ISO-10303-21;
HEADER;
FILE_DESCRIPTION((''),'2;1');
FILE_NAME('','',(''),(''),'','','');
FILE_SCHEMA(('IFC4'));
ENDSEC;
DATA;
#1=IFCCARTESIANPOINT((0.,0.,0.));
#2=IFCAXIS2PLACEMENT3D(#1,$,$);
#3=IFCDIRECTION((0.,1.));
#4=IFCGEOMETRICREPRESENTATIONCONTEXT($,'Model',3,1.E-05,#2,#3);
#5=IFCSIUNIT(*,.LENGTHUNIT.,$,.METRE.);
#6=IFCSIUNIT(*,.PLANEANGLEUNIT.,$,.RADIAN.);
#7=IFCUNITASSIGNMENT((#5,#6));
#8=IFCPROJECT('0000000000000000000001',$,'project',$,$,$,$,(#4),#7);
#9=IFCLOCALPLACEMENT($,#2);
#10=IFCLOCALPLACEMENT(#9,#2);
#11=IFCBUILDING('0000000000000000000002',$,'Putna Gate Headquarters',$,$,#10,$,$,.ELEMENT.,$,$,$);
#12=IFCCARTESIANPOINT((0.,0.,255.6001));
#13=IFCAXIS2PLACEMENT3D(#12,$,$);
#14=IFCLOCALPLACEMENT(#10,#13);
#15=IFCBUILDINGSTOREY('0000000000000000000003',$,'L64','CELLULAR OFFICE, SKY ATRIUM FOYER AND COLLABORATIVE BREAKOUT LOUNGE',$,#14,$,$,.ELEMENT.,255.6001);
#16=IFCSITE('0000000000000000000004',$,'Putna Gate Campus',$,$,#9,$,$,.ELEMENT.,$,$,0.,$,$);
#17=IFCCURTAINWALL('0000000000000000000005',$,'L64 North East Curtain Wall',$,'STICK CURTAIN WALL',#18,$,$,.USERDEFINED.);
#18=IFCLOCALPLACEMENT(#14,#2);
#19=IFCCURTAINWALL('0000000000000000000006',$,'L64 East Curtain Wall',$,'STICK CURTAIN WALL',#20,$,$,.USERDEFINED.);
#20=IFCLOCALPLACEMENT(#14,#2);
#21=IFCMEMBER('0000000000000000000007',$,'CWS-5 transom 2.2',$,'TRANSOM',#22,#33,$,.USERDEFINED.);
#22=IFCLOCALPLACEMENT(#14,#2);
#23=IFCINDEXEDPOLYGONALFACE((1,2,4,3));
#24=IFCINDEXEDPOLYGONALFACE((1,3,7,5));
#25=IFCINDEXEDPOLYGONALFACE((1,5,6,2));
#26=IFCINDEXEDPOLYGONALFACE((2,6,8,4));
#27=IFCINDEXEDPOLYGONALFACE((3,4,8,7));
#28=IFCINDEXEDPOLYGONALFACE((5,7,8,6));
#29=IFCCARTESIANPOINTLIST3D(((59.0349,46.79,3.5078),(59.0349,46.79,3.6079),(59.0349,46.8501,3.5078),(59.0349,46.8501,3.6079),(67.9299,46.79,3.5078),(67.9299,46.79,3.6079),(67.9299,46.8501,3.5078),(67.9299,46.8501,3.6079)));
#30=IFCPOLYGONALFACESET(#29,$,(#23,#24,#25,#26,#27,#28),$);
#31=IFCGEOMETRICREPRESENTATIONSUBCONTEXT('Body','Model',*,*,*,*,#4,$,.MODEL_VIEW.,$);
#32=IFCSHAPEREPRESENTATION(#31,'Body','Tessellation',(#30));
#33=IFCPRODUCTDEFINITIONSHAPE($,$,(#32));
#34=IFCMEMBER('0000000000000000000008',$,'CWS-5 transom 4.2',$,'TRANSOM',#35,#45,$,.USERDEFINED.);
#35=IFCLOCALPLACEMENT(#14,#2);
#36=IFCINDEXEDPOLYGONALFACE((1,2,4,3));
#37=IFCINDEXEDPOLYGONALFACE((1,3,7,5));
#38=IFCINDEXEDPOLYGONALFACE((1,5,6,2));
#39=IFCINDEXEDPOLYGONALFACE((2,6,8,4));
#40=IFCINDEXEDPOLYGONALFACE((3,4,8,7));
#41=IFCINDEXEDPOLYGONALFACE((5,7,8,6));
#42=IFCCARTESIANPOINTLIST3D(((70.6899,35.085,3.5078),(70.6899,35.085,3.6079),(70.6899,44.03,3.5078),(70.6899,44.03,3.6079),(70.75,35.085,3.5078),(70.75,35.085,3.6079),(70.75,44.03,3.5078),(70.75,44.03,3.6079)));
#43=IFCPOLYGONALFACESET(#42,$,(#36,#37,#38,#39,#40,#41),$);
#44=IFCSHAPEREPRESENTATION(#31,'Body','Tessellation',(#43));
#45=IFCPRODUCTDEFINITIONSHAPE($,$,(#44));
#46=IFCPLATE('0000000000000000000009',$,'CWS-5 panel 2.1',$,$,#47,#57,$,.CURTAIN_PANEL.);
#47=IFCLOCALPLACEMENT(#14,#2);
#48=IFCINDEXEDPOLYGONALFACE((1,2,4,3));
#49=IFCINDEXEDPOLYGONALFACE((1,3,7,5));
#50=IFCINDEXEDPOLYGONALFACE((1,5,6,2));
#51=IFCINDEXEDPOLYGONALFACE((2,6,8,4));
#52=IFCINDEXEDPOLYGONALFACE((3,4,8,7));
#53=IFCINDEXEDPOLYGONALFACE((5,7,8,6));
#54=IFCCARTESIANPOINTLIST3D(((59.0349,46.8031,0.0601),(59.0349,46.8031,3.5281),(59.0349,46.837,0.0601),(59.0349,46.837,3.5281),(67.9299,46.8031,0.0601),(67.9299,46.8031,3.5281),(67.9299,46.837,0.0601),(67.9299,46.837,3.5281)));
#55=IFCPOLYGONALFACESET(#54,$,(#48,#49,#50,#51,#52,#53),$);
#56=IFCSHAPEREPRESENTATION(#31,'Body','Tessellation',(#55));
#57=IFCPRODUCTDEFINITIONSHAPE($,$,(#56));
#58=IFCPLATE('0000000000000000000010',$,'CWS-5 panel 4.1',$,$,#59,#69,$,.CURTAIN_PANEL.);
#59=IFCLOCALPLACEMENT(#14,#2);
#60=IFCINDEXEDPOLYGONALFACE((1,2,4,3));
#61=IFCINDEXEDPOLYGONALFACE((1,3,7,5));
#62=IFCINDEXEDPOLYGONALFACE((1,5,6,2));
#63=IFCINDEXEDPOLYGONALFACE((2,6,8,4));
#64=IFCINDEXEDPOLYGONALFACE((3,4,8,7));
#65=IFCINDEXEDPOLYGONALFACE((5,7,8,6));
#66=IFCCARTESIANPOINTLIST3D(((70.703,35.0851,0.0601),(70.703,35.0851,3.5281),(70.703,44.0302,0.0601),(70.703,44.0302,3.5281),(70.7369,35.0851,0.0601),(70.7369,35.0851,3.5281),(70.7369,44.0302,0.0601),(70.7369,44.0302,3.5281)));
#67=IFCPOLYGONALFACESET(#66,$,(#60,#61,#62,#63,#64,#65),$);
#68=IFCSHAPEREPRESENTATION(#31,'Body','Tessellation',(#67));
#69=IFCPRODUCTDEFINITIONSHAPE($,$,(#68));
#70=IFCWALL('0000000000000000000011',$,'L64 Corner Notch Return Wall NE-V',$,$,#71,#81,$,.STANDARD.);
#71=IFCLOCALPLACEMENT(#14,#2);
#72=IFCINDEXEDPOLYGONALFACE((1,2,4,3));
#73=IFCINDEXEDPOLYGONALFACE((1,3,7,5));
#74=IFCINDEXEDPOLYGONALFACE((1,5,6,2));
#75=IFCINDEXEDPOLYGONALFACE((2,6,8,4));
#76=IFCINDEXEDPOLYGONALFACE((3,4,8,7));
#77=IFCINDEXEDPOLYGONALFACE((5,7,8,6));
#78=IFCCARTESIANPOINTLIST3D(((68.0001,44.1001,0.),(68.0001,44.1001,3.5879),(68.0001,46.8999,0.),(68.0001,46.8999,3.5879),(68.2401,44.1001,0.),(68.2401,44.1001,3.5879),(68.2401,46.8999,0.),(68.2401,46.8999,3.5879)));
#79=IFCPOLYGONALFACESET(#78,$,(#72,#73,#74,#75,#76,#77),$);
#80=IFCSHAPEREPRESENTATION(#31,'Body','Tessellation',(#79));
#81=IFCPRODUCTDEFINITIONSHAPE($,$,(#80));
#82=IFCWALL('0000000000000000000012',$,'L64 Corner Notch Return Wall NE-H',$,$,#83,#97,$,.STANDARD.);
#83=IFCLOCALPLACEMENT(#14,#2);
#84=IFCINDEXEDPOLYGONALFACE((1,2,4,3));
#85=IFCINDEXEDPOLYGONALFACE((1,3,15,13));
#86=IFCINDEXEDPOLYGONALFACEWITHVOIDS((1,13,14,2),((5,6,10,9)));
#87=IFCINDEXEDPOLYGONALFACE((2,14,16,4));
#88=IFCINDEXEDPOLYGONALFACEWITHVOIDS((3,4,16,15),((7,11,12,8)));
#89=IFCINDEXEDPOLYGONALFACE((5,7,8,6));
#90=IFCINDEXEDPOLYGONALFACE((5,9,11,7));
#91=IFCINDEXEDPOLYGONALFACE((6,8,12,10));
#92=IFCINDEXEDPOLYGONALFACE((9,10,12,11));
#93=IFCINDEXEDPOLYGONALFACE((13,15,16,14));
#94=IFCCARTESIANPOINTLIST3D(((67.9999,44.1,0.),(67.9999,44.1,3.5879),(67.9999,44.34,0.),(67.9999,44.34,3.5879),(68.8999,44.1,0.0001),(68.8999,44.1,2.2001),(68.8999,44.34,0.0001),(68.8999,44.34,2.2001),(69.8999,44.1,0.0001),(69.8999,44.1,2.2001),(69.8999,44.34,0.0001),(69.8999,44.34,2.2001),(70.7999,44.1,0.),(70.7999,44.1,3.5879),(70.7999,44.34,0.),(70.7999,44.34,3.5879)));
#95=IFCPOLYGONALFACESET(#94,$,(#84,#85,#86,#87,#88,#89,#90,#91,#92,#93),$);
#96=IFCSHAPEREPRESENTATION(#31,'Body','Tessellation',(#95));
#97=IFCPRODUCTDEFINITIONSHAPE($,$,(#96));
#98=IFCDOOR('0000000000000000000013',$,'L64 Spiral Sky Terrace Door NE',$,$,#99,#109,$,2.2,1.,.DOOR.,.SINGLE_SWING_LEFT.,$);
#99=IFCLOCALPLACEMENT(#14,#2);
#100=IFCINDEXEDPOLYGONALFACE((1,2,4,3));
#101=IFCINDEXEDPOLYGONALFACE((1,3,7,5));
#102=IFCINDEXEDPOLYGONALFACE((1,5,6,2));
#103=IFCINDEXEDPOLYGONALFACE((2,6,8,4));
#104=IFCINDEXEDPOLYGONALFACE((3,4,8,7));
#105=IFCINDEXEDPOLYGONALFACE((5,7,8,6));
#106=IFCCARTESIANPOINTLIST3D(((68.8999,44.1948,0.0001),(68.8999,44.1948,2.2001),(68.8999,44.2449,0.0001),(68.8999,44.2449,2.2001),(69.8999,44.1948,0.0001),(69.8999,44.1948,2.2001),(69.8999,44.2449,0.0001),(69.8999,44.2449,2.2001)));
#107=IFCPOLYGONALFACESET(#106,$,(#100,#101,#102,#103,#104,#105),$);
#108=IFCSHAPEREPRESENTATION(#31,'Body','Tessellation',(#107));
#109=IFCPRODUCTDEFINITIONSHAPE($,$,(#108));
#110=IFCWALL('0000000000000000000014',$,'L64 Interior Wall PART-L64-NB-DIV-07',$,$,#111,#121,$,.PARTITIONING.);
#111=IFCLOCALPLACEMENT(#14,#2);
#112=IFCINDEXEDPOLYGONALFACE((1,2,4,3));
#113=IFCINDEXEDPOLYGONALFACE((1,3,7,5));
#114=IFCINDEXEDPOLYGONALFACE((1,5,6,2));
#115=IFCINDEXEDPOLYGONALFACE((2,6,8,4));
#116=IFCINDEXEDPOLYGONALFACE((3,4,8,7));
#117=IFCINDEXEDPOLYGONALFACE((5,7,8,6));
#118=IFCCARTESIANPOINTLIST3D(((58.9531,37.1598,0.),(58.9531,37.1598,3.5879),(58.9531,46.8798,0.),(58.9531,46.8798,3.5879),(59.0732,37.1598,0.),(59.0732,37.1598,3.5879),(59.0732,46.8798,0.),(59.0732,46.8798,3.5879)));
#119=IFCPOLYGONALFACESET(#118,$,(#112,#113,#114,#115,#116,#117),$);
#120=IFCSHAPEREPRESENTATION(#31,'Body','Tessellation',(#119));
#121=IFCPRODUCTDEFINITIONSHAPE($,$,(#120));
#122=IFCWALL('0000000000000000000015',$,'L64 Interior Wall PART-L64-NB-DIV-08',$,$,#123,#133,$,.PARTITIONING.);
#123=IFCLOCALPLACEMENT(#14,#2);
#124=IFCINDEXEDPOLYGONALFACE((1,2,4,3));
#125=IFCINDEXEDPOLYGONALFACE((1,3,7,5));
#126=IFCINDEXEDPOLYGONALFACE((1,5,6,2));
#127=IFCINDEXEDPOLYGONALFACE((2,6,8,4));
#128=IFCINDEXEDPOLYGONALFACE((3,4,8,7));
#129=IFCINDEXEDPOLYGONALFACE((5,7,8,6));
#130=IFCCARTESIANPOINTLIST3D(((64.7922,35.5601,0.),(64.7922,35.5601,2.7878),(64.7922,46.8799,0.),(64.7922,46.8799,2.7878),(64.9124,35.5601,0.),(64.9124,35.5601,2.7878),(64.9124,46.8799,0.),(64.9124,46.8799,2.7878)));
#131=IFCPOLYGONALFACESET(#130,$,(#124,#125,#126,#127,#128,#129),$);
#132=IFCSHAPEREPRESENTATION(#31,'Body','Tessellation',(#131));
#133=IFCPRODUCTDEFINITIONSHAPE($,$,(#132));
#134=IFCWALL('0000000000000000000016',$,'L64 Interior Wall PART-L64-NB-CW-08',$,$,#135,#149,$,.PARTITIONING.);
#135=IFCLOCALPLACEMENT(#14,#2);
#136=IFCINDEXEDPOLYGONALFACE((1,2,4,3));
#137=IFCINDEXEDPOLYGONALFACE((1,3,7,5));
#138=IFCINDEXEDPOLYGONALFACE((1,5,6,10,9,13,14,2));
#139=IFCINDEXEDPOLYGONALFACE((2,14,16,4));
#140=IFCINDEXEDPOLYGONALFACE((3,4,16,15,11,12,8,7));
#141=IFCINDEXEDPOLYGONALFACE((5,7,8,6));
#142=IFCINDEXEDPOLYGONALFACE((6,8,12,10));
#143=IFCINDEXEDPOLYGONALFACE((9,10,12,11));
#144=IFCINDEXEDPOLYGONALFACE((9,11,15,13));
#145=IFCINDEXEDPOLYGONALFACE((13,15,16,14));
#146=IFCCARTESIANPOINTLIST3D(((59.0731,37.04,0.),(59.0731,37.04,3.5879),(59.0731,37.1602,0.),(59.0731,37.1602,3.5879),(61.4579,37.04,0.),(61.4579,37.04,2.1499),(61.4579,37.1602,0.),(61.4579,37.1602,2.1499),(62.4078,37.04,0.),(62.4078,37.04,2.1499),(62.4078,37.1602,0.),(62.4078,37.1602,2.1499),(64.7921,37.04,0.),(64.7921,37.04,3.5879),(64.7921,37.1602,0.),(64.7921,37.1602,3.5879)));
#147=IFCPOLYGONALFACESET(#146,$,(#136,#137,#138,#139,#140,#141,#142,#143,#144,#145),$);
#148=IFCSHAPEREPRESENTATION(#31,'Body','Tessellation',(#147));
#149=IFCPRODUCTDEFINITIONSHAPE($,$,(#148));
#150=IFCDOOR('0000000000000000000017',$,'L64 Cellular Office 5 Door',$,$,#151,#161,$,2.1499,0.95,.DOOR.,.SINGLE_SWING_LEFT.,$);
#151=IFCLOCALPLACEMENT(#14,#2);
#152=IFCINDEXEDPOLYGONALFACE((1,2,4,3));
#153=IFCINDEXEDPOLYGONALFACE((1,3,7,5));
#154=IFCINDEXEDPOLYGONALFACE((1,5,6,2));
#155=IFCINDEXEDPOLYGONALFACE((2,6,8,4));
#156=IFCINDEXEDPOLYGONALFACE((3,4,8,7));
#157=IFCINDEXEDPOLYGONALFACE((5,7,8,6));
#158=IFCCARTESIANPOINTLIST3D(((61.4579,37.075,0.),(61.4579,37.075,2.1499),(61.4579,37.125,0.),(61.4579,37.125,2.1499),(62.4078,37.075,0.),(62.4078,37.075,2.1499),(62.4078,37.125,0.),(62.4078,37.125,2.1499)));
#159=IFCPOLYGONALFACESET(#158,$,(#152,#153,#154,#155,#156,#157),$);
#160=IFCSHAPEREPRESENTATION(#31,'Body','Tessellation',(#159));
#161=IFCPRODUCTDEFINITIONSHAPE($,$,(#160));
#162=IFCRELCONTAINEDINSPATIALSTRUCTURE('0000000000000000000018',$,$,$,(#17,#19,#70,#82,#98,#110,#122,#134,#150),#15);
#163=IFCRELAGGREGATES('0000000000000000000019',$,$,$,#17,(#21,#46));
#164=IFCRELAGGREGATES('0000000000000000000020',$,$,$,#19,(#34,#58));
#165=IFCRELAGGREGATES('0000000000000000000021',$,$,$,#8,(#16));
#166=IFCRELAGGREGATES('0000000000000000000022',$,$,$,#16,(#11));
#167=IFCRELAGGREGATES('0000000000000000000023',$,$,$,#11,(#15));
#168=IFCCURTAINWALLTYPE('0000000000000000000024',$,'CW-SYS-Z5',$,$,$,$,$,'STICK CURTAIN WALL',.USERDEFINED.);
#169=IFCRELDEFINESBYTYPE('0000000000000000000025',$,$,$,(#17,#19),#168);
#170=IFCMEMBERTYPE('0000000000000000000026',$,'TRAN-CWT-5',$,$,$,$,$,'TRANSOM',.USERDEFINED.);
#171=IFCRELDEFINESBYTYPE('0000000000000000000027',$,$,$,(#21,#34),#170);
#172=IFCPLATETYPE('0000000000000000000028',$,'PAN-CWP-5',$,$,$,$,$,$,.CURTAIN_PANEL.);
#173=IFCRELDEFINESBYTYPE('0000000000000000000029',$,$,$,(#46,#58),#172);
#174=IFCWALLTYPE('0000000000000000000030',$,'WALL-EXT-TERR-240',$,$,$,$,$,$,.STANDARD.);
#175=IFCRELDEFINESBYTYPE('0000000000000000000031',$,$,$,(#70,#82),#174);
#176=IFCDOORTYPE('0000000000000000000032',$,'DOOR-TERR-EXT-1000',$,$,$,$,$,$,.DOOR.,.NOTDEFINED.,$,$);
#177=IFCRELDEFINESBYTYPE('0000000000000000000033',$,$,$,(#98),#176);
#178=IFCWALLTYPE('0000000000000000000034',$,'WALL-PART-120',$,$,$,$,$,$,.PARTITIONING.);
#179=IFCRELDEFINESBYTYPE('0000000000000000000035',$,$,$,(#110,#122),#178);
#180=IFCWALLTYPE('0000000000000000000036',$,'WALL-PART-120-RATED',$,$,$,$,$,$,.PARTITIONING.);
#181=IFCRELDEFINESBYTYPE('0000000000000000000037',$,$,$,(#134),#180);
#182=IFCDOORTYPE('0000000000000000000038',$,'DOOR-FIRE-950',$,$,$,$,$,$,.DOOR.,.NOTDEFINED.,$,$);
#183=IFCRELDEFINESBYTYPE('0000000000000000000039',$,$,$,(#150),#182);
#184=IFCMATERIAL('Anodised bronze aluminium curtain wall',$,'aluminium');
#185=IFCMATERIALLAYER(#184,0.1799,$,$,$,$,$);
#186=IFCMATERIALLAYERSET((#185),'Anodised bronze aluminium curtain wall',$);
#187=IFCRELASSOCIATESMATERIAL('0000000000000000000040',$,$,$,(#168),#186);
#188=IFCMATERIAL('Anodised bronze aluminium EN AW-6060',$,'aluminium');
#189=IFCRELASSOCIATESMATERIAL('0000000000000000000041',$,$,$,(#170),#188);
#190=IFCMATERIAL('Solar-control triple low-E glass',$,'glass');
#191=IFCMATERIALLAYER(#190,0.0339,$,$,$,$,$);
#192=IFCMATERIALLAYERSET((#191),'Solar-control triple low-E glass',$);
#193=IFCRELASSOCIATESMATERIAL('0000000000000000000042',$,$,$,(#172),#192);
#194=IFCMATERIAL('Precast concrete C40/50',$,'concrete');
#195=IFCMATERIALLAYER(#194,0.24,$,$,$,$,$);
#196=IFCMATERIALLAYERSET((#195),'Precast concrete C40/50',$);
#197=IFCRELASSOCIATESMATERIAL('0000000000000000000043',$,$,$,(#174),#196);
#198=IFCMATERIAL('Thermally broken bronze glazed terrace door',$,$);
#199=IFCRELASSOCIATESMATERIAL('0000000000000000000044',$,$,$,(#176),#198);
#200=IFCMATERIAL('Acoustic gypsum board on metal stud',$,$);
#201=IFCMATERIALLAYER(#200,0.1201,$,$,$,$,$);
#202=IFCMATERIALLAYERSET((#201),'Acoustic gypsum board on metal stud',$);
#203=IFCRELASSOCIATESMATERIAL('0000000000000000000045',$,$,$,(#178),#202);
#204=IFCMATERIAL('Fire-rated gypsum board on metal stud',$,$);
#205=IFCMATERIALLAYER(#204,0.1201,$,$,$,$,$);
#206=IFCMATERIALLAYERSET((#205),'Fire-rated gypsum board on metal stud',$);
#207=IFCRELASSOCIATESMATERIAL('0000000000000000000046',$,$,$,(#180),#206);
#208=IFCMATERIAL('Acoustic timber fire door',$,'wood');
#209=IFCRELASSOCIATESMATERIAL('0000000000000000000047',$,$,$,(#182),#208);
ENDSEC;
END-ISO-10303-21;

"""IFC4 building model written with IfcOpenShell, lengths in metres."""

from ifc_helpers import new_model, si_unit, direction, frame, frame_2d, origin, origin_2d, place, context, subcontext, project, spatial, rectangle, extrude, material, layer, layer_set, material_profile, profile_set, type_object, element, fill, aggregate, save


model = new_model("IFC4")

# Units and contexts
model_context = context("Model", 3, precision=1e-05, world=origin(), true_north=direction((0.0, 1.0)))
body_context = subcontext(model_context, "Body", "Model", "MODEL_VIEW")
ifc_project = project(units=[si_unit("LENGTHUNIT", "METRE"), si_unit("PLANEANGLEUNIT", "RADIAN")], contexts=[model_context])

# Site, building, storey
site_placement = place(None, origin())
site = spatial("IfcSite", under=ifc_project, at=site_placement, Name="Putna Gate Campus", CompositionType="ELEMENT", RefElevation=0.0)
building_placement = place(site_placement, origin())
building = spatial("IfcBuilding", under=site, at=building_placement, Name="Putna Gate Headquarters", CompositionType="ELEMENT")
storey_placement = place(building_placement, frame((0.0, 0.0, 255.6001)))
storey = spatial("IfcBuildingStorey", under=building, at=storey_placement, Name="L64", Description="CELLULAR OFFICE, SKY ATRIUM FOYER AND COLLABORATIVE BREAKOUT LOUNGE", CompositionType="ELEMENT", Elevation=255.6001)

# Curtain wall
ifc_material_1 = material(Name="Anodised bronze aluminium curtain wall", Category="aluminium")
ifc_layer_1 = layer(ifc_material_1, 0.1799)
ifc_layer_set_1 = layer_set([ifc_layer_1], Name="Anodised bronze aluminium curtain wall")
curtain_wall_type = type_object("IfcCurtainWallType", Name="CW-SYS-Z5", ElementType="STICK CURTAIN WALL", PredefinedType="USERDEFINED", material=ifc_layer_set_1)
curtain_wall_1_placement = place(storey_placement, origin())
curtain_wall_1 = element("IfcCurtainWall", 1, at=curtain_wall_1_placement, inside=storey, type_object=curtain_wall_type, Name="L64 North East Curtain Wall", ObjectType="STICK CURTAIN WALL", PredefinedType="USERDEFINED")
ifc_material_2 = material(Name="Anodised bronze aluminium EN AW-6060", Category="aluminium")

# Curtain wall
curtain_wall_2_placement = place(storey_placement, origin())
curtain_wall_2 = element("IfcCurtainWall", 2, at=curtain_wall_2_placement, inside=storey, type_object=curtain_wall_type, Name="L64 East Curtain Wall", ObjectType="STICK CURTAIN WALL", PredefinedType="USERDEFINED")

# Members
ifc_material_profile_1 = material_profile(ifc_material_2, rectangle(XDim=0.0601, YDim=0.1001, at=origin_2d()), Name="Anodised bronze aluminium EN AW-6060")
ifc_profile_set_1 = profile_set([ifc_material_profile_1], Name="Anodised bronze aluminium EN AW-6060")
member_type_1 = type_object("IfcMemberType", Name="TRAN-CWT-5", ElementType="TRANSOM", PredefinedType="USERDEFINED", material=ifc_profile_set_1)
member_1_placement = place(storey_placement, frame((59.0349, 46.8201, 3.5579), z_axis=(1.0, 0.0, 0.0), x_axis=(0.0, 1.0, 0.0)))
member_1 = element("IfcMember", 3, at=member_1_placement, type_object=member_type_1, Name="CWS-5 transom 2.2", ObjectType="TRANSOM", PredefinedType="USERDEFINED", context=body_context, shape_type="SweptSolid", body=[
    extrude(rectangle(XDim=0.0601, YDim=0.1001, at=origin_2d()), origin(), (0.0, 0.0, 1.0), 8.895),
])
member_2_placement = place(storey_placement, frame((70.72, 35.085, 3.5579), z_axis=(0.0, 1.0, 0.0), x_axis=(-1.0, 0.0, 0.0)))
member_2 = element("IfcMember", 4, at=member_2_placement, type_object=member_type_1, Name="CWS-5 transom 4.2", ObjectType="TRANSOM", PredefinedType="USERDEFINED", context=body_context, shape_type="SweptSolid", body=[
    extrude(rectangle(XDim=0.0601, YDim=0.1001, at=origin_2d()), origin(), (0.0, 0.0, 1.0), 8.9451),
])

# Plates
ifc_material_3 = material(Name="Solar-control triple low-E glass", Category="glass")
ifc_layer_2 = layer(ifc_material_3, 0.0339)
ifc_layer_set_2 = layer_set([ifc_layer_2], Name="Solar-control triple low-E glass")
plate_type = type_object("IfcPlateType", Name="PAN-CWP-5", PredefinedType="CURTAIN_PANEL", material=ifc_layer_set_2)
plate_1_placement = place(storey_placement, frame((63.4824, 46.8201, 0.0601), z_axis=(0.0, 0.0, 1.0), x_axis=(1.0, 0.0, 0.0)))
plate_1 = element("IfcPlate", 5, at=plate_1_placement, type_object=plate_type, Name="CWS-5 panel 2.1", PredefinedType="CURTAIN_PANEL", context=body_context, shape_type="SweptSolid", body=[
    extrude(rectangle(XDim=8.895, YDim=0.0339, at=origin_2d()), origin(), (0.0, 0.0, 1.0), 3.468),
])
aggregate(curtain_wall_1, [member_1, plate_1])
plate_2_placement = place(storey_placement, frame((70.72, 39.5576, 0.0601), z_axis=(0.0, 0.0, 1.0), x_axis=(0.0, 1.0, 0.0)))
plate_2 = element("IfcPlate", 6, at=plate_2_placement, type_object=plate_type, Name="CWS-5 panel 4.1", PredefinedType="CURTAIN_PANEL", context=body_context, shape_type="SweptSolid", body=[
    extrude(rectangle(XDim=8.9451, YDim=0.0339, at=origin_2d()), origin(), (0.0, 0.0, 1.0), 3.468),
])
aggregate(curtain_wall_2, [member_2, plate_2])

# Wall
ifc_material_4 = material(Name="Precast concrete C40/50", Category="concrete")
ifc_layer_3 = layer(ifc_material_4, 0.24)
ifc_layer_set_3 = layer_set([ifc_layer_3], Name="Precast concrete C40/50")
wall_type_1 = type_object("IfcWallType", Name="WALL-EXT-TERR-240", PredefinedType="STANDARD", material=ifc_layer_set_3)
wall_1_placement = place(storey_placement, frame((68.1201, 46.8999, 0.0), z_axis=(0.0, 0.0, 1.0), x_axis=(0.0, -1.0, 0.0)))
element("IfcWall", 7, at=wall_1_placement, inside=storey, type_object=wall_type_1, Name="L64 Corner Notch Return Wall NE-V", PredefinedType="STANDARD", context=body_context, shape_type="SweptSolid", body=[
    extrude(rectangle(XDim=2.7998, YDim=0.24, at=frame_2d((1.3999, 0.0))), origin(), (0.0, 0.0, 1.0), 3.5879),
])

# Wall, opening, door
wall_2_placement = place(storey_placement, frame((68.0, 44.22, 0.0), z_axis=(0.0, 0.0, 1.0), x_axis=(1.0, 0.0, 0.0)))
wall_2 = element("IfcWall", 8, at=wall_2_placement, inside=storey, type_object=wall_type_1, Name="L64 Corner Notch Return Wall NE-H", PredefinedType="STANDARD", context=body_context, shape_type="SweptSolid", body=[
    extrude(rectangle(XDim=2.8, YDim=0.24, at=frame_2d((1.3999, 0.0))), origin(), (0.0, 0.0, 1.0), 3.5879),
])
opening_1_placement = place(wall_2_placement, frame((0.8999, 0.0, 0.0)))
opening_1 = element("IfcOpeningElement", 9, at=opening_1_placement, cuts=wall_2, PredefinedType="OPENING", context=body_context, shape_type="SweptSolid", body=[
    extrude(rectangle(XDim=1.0, YDim=2.2, at=frame_2d((0.5, 1.1001))), frame((0.0, 0.1299, 0.0), z_axis=(0.0, -1.0, 0.0), x_axis=(1.0, 0.0, 0.0)), (0.0, 0.0, 1.0), 0.26),
])
ifc_material_5 = material(Name="Thermally broken bronze glazed terrace door")
door_type_1 = type_object("IfcDoorType", Name="DOOR-TERR-EXT-1000", OperationType="NOTDEFINED", PredefinedType="DOOR", material=ifc_material_5)
door_1_placement = place(opening_1_placement, origin())
door_1 = element("IfcDoor", 10, at=door_1_placement, inside=storey, type_object=door_type_1, Name="L64 Spiral Sky Terrace Door NE", OperationType="SINGLE_SWING_LEFT", OverallHeight=2.2, OverallWidth=1.0, PredefinedType="DOOR", context=body_context, shape_type="SweptSolid", body=[
    extrude(rectangle(XDim=1.0, YDim=2.2, at=frame_2d((0.5, 1.1001))), frame((0.0, 0.0249, 0.0), z_axis=(0.0, -1.0, 0.0), x_axis=(1.0, 0.0, 0.0)), (0.0, 0.0, 1.0), 0.05),
])
fill(opening_1, door_1)

# Walls
ifc_material_6 = material(Name="Acoustic gypsum board on metal stud")
ifc_layer_4 = layer(ifc_material_6, 0.1201)
ifc_layer_set_4 = layer_set([ifc_layer_4], Name="Acoustic gypsum board on metal stud")
wall_type_2 = type_object("IfcWallType", Name="WALL-PART-120", PredefinedType="PARTITIONING", material=ifc_layer_set_4)
wall_3_placement = place(storey_placement, frame((59.0132, 37.1599, 0.0), z_axis=(0.0, 0.0, 1.0), x_axis=(0.0, 1.0, 0.0)))
element("IfcWall", 11, at=wall_3_placement, inside=storey, type_object=wall_type_2, Name="L64 Interior Wall PART-L64-NB-DIV-07", PredefinedType="PARTITIONING", context=body_context, shape_type="SweptSolid", body=[
    extrude(rectangle(XDim=9.72, YDim=0.1201, at=frame_2d((4.8599, 0.0))), origin(), (0.0, 0.0, 1.0), 3.5879),
])
wall_4_placement = place(storey_placement, frame((64.8523, 35.5601, 0.0), z_axis=(0.0, 0.0, 1.0), x_axis=(0.0, 1.0, 0.0)))
element("IfcWall", 12, at=wall_4_placement, inside=storey, type_object=wall_type_2, Name="L64 Interior Wall PART-L64-NB-DIV-08", PredefinedType="PARTITIONING", context=body_context, shape_type="SweptSolid", body=[
    extrude(rectangle(XDim=11.3198, YDim=0.1201, at=frame_2d((5.6599, 0.0))), origin(), (0.0, 0.0, 1.0), 2.7878),
])

# Wall, opening, door
ifc_material_7 = material(Name="Fire-rated gypsum board on metal stud")
ifc_layer_5 = layer(ifc_material_7, 0.1201)
ifc_layer_set_5 = layer_set([ifc_layer_5], Name="Fire-rated gypsum board on metal stud")
wall_type_3 = type_object("IfcWallType", Name="WALL-PART-120-RATED", PredefinedType="PARTITIONING", material=ifc_layer_set_5)
wall_5_placement = place(storey_placement, frame((59.0732, 37.1001, 0.0), z_axis=(0.0, 0.0, 1.0), x_axis=(1.0, 0.0, 0.0)))
wall_5 = element("IfcWall", 13, at=wall_5_placement, inside=storey, type_object=wall_type_3, Name="L64 Interior Wall PART-L64-NB-CW-08", PredefinedType="PARTITIONING", context=body_context, shape_type="SweptSolid", body=[
    extrude(rectangle(XDim=5.719, YDim=0.1201, at=frame_2d((2.8594, 0.0))), origin(), (0.0, 0.0, 1.0), 3.5879),
])
opening_2_placement = place(wall_5_placement, frame((2.3845, 0.0, 0.0)))
opening_2 = element("IfcOpeningElement", 14, at=opening_2_placement, cuts=wall_5, PredefinedType="OPENING", context=body_context, shape_type="SweptSolid", body=[
    extrude(rectangle(XDim=0.95, YDim=2.1499, at=frame_2d((0.4751, 1.075))), frame((0.0, 0.0701, 0.0), z_axis=(0.0, -1.0, 0.0), x_axis=(1.0, 0.0, 0.0)), (0.0, 0.0, 1.0), 0.1401),
])
ifc_material_8 = material(Name="Acoustic timber fire door", Category="wood")
door_type_2 = type_object("IfcDoorType", Name="DOOR-FIRE-950", OperationType="NOTDEFINED", PredefinedType="DOOR", material=ifc_material_8)
door_2_placement = place(opening_2_placement, origin())
door_2 = element("IfcDoor", 15, at=door_2_placement, inside=storey, type_object=door_type_2, Name="L64 Cellular Office 5 Door", OperationType="SINGLE_SWING_LEFT", OverallHeight=2.1499, OverallWidth=0.95, PredefinedType="DOOR", context=body_context, shape_type="SweptSolid", body=[
    extrude(rectangle(XDim=0.95, YDim=2.1499, at=frame_2d((0.4751, 1.075))), frame((0.0, 0.0249, 0.0), z_axis=(0.0, -1.0, 0.0), x_axis=(1.0, 0.0, 0.0)), (0.0, 0.0, 1.0), 0.05),
])
fill(opening_2, door_2)

save(model, "model.ifc")
